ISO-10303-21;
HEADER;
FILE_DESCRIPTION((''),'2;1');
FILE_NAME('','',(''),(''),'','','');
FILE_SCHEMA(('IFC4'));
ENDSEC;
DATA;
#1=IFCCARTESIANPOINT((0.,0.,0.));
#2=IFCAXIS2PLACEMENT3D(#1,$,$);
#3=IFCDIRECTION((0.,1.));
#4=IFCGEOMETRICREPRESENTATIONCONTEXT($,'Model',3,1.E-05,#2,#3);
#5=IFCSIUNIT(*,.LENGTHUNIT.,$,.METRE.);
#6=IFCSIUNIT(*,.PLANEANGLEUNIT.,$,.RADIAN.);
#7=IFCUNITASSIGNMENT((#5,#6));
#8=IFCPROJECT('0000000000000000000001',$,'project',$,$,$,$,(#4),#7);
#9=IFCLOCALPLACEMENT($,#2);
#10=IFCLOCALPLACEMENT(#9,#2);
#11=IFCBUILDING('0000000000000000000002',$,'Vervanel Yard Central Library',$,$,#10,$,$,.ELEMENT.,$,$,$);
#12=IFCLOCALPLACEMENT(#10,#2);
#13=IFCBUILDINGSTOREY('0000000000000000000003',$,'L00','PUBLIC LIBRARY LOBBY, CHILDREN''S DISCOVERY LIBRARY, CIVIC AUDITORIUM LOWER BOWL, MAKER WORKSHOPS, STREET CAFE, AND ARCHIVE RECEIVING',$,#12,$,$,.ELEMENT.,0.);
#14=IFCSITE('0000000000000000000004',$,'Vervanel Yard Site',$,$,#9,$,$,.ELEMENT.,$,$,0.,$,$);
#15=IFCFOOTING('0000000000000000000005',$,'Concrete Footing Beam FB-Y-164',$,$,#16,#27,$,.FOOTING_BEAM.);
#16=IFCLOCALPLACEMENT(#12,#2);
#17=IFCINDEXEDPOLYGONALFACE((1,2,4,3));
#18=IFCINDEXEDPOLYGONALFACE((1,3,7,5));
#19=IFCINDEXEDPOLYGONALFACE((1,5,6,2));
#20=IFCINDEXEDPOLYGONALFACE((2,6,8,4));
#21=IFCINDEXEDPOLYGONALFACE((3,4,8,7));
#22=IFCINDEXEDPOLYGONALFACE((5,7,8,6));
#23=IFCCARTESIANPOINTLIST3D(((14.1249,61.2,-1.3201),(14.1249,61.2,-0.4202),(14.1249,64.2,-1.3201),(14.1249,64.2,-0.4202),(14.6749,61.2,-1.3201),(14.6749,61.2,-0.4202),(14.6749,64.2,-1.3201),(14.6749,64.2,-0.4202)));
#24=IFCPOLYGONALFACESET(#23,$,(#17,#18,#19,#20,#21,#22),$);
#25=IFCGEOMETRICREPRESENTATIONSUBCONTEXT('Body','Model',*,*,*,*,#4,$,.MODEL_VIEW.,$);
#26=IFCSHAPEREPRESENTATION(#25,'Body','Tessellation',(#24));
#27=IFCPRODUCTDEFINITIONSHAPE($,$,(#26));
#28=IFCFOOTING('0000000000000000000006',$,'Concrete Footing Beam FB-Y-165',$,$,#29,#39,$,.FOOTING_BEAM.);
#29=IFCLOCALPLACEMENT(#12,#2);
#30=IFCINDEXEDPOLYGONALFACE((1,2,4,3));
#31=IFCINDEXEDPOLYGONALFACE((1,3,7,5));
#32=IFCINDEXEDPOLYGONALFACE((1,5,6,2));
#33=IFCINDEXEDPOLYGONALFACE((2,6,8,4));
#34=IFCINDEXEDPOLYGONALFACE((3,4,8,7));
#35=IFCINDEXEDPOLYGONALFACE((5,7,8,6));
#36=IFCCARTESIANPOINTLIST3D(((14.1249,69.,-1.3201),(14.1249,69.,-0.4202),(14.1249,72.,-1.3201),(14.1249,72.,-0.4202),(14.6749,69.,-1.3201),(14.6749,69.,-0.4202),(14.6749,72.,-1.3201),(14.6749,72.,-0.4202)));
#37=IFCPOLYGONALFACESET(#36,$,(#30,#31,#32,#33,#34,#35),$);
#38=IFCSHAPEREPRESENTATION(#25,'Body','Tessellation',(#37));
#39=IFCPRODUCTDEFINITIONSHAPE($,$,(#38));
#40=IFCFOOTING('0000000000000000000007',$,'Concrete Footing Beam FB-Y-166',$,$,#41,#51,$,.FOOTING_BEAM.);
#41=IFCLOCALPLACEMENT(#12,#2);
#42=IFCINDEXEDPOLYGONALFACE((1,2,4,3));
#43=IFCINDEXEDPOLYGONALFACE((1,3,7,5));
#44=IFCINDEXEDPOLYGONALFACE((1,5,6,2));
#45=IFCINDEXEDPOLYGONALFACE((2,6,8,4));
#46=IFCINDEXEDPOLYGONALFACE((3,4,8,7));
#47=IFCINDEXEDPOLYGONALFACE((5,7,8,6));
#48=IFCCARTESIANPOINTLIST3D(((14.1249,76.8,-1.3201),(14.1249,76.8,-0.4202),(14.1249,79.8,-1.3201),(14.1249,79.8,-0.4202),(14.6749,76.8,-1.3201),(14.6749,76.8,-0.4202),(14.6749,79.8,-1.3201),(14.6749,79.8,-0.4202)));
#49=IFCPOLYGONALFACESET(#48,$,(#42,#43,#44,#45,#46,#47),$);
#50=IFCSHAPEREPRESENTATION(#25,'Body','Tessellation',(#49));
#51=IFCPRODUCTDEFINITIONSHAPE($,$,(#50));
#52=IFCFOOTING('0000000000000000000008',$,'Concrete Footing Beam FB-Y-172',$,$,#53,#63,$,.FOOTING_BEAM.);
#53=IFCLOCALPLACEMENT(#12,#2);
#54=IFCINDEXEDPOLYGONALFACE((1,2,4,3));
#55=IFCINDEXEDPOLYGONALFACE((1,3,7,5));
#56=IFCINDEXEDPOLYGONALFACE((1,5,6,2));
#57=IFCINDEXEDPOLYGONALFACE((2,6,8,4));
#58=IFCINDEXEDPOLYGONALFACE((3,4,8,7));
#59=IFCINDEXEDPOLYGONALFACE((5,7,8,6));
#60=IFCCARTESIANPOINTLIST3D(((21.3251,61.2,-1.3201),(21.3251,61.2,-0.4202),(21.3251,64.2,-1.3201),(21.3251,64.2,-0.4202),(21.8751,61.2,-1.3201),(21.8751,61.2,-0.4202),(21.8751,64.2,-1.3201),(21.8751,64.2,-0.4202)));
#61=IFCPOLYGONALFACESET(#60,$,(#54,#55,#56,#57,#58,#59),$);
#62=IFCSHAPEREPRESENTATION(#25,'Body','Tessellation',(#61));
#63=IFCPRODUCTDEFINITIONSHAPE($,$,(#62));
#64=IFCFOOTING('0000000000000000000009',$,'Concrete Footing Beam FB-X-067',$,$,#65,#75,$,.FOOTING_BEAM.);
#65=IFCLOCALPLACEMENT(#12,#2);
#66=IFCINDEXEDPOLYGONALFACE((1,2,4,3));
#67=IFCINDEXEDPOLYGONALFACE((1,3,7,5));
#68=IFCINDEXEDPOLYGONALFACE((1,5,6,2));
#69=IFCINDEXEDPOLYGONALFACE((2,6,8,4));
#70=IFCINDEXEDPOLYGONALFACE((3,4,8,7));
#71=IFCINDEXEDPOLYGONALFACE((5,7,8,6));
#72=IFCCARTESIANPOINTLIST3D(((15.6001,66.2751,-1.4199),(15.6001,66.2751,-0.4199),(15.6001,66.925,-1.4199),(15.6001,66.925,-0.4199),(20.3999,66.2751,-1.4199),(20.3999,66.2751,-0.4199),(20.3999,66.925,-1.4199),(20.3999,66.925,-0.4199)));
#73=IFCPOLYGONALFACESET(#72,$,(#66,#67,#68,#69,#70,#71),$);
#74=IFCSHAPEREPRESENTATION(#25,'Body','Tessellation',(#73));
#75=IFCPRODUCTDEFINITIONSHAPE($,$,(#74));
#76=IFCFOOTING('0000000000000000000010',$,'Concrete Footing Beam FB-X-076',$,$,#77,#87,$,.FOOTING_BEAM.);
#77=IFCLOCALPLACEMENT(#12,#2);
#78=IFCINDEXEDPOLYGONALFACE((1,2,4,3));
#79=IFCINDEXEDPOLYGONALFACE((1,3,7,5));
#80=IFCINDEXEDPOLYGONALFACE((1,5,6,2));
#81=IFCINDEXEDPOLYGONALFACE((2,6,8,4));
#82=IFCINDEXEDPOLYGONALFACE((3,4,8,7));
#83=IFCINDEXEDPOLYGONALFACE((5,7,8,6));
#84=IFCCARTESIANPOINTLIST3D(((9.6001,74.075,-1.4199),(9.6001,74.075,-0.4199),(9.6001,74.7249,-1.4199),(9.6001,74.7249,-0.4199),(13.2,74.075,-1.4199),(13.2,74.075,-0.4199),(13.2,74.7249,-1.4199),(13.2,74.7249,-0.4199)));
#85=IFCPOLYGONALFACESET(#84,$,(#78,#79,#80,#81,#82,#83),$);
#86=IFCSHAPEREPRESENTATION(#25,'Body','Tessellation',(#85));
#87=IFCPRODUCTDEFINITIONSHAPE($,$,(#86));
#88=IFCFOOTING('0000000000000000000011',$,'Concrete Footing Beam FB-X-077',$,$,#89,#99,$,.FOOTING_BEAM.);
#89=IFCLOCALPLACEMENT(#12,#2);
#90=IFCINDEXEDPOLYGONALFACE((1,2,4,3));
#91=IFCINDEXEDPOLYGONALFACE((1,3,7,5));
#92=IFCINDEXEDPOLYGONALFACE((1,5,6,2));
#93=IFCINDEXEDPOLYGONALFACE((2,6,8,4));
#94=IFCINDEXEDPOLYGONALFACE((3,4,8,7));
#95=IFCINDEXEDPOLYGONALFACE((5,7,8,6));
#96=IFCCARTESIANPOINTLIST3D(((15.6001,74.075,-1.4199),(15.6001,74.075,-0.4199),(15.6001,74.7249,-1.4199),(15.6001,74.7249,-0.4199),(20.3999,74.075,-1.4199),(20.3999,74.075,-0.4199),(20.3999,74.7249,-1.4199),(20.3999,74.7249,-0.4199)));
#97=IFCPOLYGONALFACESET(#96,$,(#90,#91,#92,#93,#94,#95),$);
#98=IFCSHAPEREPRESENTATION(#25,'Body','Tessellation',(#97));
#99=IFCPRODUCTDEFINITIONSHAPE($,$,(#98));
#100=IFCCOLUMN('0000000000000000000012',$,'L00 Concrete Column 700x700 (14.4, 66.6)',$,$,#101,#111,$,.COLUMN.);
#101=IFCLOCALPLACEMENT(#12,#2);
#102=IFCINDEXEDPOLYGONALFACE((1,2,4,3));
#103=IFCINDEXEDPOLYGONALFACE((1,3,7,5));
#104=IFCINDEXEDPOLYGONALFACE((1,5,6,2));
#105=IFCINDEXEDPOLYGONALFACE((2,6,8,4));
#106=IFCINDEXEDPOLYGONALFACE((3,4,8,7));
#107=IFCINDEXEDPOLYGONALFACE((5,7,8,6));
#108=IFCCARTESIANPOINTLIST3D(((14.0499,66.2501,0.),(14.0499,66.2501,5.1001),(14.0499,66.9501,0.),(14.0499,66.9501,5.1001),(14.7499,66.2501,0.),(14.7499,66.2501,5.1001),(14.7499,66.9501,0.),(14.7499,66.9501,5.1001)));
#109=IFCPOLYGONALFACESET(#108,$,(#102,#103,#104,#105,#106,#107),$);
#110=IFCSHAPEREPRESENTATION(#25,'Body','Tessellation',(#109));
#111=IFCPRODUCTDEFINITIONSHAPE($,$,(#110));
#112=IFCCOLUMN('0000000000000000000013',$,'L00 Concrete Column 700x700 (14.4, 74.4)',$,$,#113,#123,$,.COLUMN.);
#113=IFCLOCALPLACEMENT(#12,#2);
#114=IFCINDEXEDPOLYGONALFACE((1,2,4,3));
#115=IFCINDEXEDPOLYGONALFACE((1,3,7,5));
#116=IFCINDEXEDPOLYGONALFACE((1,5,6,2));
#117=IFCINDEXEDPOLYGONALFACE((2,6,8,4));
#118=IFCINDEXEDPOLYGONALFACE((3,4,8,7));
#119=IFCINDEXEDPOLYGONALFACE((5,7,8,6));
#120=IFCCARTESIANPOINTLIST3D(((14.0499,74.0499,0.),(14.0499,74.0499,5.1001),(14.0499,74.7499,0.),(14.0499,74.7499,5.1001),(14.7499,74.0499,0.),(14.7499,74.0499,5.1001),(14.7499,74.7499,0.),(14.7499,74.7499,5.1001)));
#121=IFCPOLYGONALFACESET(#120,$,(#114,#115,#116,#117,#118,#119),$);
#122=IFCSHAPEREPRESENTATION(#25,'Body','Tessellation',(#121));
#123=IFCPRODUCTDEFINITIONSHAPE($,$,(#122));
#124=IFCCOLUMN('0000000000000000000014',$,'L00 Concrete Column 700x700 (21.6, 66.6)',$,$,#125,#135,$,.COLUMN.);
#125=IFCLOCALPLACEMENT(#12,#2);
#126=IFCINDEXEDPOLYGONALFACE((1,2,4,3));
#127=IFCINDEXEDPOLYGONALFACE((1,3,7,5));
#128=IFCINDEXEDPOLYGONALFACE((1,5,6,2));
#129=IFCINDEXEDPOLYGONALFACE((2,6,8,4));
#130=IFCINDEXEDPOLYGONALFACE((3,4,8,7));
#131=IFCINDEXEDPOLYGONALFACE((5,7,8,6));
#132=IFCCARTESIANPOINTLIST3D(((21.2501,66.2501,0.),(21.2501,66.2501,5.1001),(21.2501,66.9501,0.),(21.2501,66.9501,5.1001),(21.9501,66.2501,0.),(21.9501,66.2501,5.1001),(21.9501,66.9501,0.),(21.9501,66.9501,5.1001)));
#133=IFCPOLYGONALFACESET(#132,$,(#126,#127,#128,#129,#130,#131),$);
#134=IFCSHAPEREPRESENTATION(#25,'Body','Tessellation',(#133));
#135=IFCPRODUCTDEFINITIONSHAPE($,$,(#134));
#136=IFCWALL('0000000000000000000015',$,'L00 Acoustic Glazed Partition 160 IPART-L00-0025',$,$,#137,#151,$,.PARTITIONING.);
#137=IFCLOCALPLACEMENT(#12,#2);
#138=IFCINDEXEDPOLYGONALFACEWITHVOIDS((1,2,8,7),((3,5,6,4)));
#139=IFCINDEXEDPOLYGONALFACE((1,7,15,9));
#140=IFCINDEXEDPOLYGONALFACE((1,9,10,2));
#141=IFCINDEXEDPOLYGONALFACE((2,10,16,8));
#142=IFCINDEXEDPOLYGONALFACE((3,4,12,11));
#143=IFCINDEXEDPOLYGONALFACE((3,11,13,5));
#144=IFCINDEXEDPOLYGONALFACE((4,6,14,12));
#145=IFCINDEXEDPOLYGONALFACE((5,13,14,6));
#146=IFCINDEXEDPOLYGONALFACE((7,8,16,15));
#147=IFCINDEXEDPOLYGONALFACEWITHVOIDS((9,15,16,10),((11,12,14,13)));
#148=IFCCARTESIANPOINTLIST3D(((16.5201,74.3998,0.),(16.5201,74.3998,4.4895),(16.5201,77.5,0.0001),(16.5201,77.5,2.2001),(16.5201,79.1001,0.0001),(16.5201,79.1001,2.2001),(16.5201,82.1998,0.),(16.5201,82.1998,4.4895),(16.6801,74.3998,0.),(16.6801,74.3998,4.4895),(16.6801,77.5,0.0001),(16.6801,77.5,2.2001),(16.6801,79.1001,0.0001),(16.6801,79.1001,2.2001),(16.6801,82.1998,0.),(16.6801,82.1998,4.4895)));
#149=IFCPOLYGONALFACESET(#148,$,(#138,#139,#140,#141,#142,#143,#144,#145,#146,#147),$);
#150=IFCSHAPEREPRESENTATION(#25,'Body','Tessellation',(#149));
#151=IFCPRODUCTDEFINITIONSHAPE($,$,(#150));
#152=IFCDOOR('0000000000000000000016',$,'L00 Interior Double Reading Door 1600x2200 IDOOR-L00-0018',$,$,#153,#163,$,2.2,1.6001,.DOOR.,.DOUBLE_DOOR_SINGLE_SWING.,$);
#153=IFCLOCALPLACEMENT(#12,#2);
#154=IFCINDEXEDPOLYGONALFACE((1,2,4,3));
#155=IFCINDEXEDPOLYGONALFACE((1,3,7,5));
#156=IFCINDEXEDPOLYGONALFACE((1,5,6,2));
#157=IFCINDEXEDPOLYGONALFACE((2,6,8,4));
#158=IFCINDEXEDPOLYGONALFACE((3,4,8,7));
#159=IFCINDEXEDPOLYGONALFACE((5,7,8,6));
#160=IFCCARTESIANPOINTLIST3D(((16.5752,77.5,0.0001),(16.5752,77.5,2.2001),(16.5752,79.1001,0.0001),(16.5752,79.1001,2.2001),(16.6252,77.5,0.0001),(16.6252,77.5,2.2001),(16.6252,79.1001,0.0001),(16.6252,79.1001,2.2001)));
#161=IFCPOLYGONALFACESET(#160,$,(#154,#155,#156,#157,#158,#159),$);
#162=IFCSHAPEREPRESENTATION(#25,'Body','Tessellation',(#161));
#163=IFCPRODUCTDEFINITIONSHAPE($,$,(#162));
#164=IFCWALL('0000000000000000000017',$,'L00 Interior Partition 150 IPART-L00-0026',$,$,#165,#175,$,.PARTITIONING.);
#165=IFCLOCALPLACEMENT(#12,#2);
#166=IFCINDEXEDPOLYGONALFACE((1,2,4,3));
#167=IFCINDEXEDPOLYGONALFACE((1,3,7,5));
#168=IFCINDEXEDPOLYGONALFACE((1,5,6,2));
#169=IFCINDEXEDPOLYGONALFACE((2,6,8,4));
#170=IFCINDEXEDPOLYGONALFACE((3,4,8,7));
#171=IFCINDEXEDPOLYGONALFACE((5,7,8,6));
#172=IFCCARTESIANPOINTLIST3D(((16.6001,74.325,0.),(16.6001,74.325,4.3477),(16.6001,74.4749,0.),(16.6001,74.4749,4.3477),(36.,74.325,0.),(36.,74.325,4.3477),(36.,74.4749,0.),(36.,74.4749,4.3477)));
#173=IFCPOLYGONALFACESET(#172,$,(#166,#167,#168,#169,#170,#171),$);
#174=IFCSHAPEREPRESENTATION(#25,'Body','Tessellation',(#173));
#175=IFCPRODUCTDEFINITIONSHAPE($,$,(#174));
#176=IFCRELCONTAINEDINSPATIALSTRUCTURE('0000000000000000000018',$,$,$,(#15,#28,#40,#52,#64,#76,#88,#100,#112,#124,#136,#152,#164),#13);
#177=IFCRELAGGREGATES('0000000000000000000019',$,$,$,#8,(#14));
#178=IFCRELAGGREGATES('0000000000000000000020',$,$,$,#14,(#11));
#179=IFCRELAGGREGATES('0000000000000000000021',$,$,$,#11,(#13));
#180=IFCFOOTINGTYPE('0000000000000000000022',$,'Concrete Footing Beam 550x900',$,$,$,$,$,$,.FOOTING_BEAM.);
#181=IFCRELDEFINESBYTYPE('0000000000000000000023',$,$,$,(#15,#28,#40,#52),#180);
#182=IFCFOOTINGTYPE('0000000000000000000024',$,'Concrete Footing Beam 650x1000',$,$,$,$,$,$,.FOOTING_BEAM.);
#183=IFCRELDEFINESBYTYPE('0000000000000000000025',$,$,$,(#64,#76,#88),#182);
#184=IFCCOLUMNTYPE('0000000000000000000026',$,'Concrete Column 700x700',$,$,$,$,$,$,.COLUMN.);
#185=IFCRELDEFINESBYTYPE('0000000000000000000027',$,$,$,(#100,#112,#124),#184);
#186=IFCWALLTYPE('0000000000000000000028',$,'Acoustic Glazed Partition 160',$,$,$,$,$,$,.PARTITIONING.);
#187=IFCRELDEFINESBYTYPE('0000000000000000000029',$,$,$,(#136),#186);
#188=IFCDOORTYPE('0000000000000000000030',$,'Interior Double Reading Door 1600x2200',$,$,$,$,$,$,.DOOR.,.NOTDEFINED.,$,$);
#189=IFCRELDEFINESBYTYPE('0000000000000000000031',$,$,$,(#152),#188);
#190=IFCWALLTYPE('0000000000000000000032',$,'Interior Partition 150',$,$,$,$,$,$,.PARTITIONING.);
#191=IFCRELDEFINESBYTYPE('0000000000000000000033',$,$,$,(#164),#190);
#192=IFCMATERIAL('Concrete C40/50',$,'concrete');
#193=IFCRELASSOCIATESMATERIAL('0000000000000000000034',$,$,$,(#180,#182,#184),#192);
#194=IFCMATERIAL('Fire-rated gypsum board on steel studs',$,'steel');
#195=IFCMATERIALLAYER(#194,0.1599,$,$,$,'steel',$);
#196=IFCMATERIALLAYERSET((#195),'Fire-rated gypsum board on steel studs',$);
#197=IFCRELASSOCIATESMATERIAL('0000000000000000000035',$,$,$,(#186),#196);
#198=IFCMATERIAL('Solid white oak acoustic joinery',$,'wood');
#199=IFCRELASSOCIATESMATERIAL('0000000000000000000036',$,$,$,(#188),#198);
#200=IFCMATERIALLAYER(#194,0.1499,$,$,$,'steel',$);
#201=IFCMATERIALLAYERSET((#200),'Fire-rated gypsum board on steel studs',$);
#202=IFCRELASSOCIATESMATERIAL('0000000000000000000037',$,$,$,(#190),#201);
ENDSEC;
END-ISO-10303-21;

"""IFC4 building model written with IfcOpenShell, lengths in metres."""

from ifc_helpers import new_model, si_unit, direction, frame, frame_2d, origin, origin_2d, place, context, subcontext, project, spatial, rectangle, extrude, material, layer, layer_set, material_profile, profile_set, type_object, element, fill, save


model = new_model("IFC4")

# Units and contexts
model_context = context("Model", 3, precision=1e-05, world=origin(), true_north=direction((0.0, 1.0)))
body_context = subcontext(model_context, "Body", "Model", "MODEL_VIEW")
ifc_project = project(units=[si_unit("LENGTHUNIT", "METRE"), si_unit("PLANEANGLEUNIT", "RADIAN")], contexts=[model_context])

# Site, building, storey
site_placement = place(None, origin())
site = spatial("IfcSite", under=ifc_project, at=site_placement, Name="Vervanel Yard Site", CompositionType="ELEMENT", RefElevation=0.0)
building_placement = place(site_placement, origin())
building = spatial("IfcBuilding", under=site, at=building_placement, Name="Vervanel Yard Central Library", CompositionType="ELEMENT")
storey_placement = place(building_placement, origin())
storey = spatial("IfcBuildingStorey", under=building, at=storey_placement, Name="L00", Description="PUBLIC LIBRARY LOBBY, CHILDREN'S DISCOVERY LIBRARY, CIVIC AUDITORIUM LOWER BOWL, MAKER WORKSHOPS, STREET CAFE, AND ARCHIVE RECEIVING", CompositionType="ELEMENT", Elevation=0.0)

# Shared definitions
ifc_material_1 = material(Name="Concrete C40/50", Category="concrete")

# Footings
ifc_material_profile_1 = material_profile(ifc_material_1, rectangle(XDim=0.55, YDim=0.8999, at=origin_2d()), Name="RC 550x900", Category="concrete")
ifc_profile_set_1 = profile_set([ifc_material_profile_1], Name="Concrete C40/50")
footing_type_1 = type_object("IfcFootingType", Name="Concrete Footing Beam 550x900", PredefinedType="FOOTING_BEAM", material=ifc_profile_set_1)
for number, where, z_axis, x_axis, name in (
    (1, (14.3999, 61.2, -0.8701), (0.0, 1.0, 0.0), (-1.0, 0.0, 0.0), "Concrete Footing Beam FB-Y-164"),
    (2, (14.3999, 69.0, -0.8701), (0.0, 1.0, 0.0), (-1.0, 0.0, 0.0), "Concrete Footing Beam FB-Y-165"),
    (3, (14.3999, 76.8, -0.8701), (0.0, 1.0, 0.0), (-1.0, 0.0, 0.0), "Concrete Footing Beam FB-Y-166"),
    (4, (21.6001, 61.2, -0.8701), (0.0, 1.0, 0.0), (-1.0, 0.0, 0.0), "Concrete Footing Beam FB-Y-172"),
):
    element("IfcFooting", number, at=place(storey_placement, frame(where, z_axis=z_axis, x_axis=x_axis)), inside=storey, type_object=footing_type_1, Name=name, PredefinedType="FOOTING_BEAM", context=body_context, shape_type="SweptSolid", body=[
        extrude(rectangle(XDim=0.55, YDim=0.8999, at=origin_2d()), origin(), (0.0, 0.0, 1.0), 3.0),
    ])
ifc_material_profile_2 = material_profile(ifc_material_1, rectangle(XDim=0.6499, YDim=1.0, at=origin_2d()), Name="RC 650x1000", Category="concrete")
ifc_profile_set_2 = profile_set([ifc_material_profile_2], Name="Concrete C40/50")
footing_type_2 = type_object("IfcFootingType", Name="Concrete Footing Beam 650x1000", PredefinedType="FOOTING_BEAM", material=ifc_profile_set_2)
footing_1_placement = place(storey_placement, frame((15.6001, 66.6001, -0.9199), z_axis=(1.0, 0.0, 0.0), x_axis=(0.0, 1.0, 0.0)))
element("IfcFooting", 5, at=footing_1_placement, inside=storey, type_object=footing_type_2, Name="Concrete Footing Beam FB-X-067", PredefinedType="FOOTING_BEAM", context=body_context, shape_type="SweptSolid", body=[
    extrude(rectangle(XDim=0.6499, YDim=1.0, at=origin_2d()), origin(), (0.0, 0.0, 1.0), 4.7998),
])
footing_2_placement = place(storey_placement, frame((9.6001, 74.3999, -0.9199), z_axis=(1.0, 0.0, 0.0), x_axis=(0.0, 1.0, 0.0)))
element("IfcFooting", 6, at=footing_2_placement, inside=storey, type_object=footing_type_2, Name="Concrete Footing Beam FB-X-076", PredefinedType="FOOTING_BEAM", context=body_context, shape_type="SweptSolid", body=[
    extrude(rectangle(XDim=0.6499, YDim=1.0, at=origin_2d()), origin(), (0.0, 0.0, 1.0), 3.5999),
])
footing_3_placement = place(storey_placement, frame((15.6001, 74.3999, -0.9199), z_axis=(1.0, 0.0, 0.0), x_axis=(0.0, 1.0, 0.0)))
element("IfcFooting", 7, at=footing_3_placement, inside=storey, type_object=footing_type_2, Name="Concrete Footing Beam FB-X-077", PredefinedType="FOOTING_BEAM", context=body_context, shape_type="SweptSolid", body=[
    extrude(rectangle(XDim=0.6499, YDim=1.0, at=origin_2d()), origin(), (0.0, 0.0, 1.0), 4.7998),
])

# Columns
ifc_material_profile_3 = material_profile(ifc_material_1, rectangle(XDim=0.7, YDim=0.7, at=origin_2d()), Name="RC 700x700", Category="concrete")
ifc_profile_set_3 = profile_set([ifc_material_profile_3], Name="Concrete C40/50")
column_type = type_object("IfcColumnType", Name="Concrete Column 700x700", PredefinedType="COLUMN", material=ifc_profile_set_3)
for number, where, z_axis, x_axis, name in (
    (8, (14.3999, 66.6001, 0.0), (0.0, 0.0, 1.0), (1.0, 0.0, 0.0), "L00 Concrete Column 700x700 (14.4, 66.6)"),
    (9, (14.3999, 74.3999, 0.0), (0.0, 0.0, 1.0), (1.0, 0.0, 0.0), "L00 Concrete Column 700x700 (14.4, 74.4)"),
    (10, (21.6001, 66.6001, 0.0), (0.0, 0.0, 1.0), (1.0, 0.0, 0.0), "L00 Concrete Column 700x700 (21.6, 66.6)"),
):
    element("IfcColumn", number, at=place(storey_placement, frame(where, z_axis=z_axis, x_axis=x_axis)), inside=storey, type_object=column_type, Name=name, PredefinedType="COLUMN", context=body_context, shape_type="SweptSolid", body=[
        extrude(rectangle(XDim=0.7, YDim=0.7, at=origin_2d()), origin(), (0.0, 0.0, 1.0), 5.1001),
    ])

# Wall, opening, door
ifc_material_2 = material(Name="Fire-rated gypsum board on steel studs", Category="steel")
ifc_layer_1 = layer(ifc_material_2, 0.1599, Category="steel")
ifc_layer_set_1 = layer_set([ifc_layer_1], Name="Fire-rated gypsum board on steel studs")
wall_type_1 = type_object("IfcWallType", Name="Acoustic Glazed Partition 160", PredefinedType="PARTITIONING", material=ifc_layer_set_1)
wall_1_placement = place(storey_placement, frame((16.6001, 74.3999, 0.0), z_axis=(0.0, 0.0, 1.0), x_axis=(0.0, 1.0, 0.0)))
wall_1 = element("IfcWall", 11, at=wall_1_placement, inside=storey, type_object=wall_type_1, Name="L00 Acoustic Glazed Partition 160 IPART-L00-0025", PredefinedType="PARTITIONING", context=body_context, shape_type="SweptSolid", body=[
    extrude(rectangle(XDim=7.8, YDim=0.1599, at=frame_2d((3.8999, 0.0))), origin(), (0.0, 0.0, 1.0), 4.4895),
])
opening_1_placement = place(wall_1_placement, frame((3.1001, 0.0, 0.0)))
opening_1 = element("IfcOpeningElement", 12, at=opening_1_placement, cuts=wall_1, PredefinedType="OPENING", context=body_context, shape_type="SweptSolid", body=[
    extrude(rectangle(XDim=1.6001, YDim=2.2, at=frame_2d((0.8, 1.1001))), frame((0.0, 0.0898, 0.0), z_axis=(0.0, -1.0, 0.0), x_axis=(1.0, 0.0, 0.0)), (0.0, 0.0, 1.0), 0.1799),
])
ifc_material_3 = material(Name="Solid white oak acoustic joinery", Category="wood")
door_type_1 = type_object("IfcDoorType", Name="Interior Double Reading Door 1600x2200", OperationType="NOTDEFINED", PredefinedType="DOOR", material=ifc_material_3)
door_1_placement = place(opening_1_placement, origin())
door_1 = element("IfcDoor", 13, at=door_1_placement, inside=storey, type_object=door_type_1, Name="L00 Interior Double Reading Door 1600x2200 IDOOR-L00-0018", OperationType="DOUBLE_DOOR_SINGLE_SWING", OverallHeight=2.2, OverallWidth=1.6001, PredefinedType="DOOR", context=body_context, shape_type="SweptSolid", body=[
    extrude(rectangle(XDim=1.6001, YDim=2.2, at=frame_2d((0.8, 1.1001))), frame((0.0, 0.0249, 0.0), z_axis=(0.0, -1.0, 0.0), x_axis=(1.0, 0.0, 0.0)), (0.0, 0.0, 1.0), 0.05),
])
fill(opening_1, door_1)

# Wall
ifc_layer_2 = layer(ifc_material_2, 0.1499, Category="steel")
ifc_layer_set_2 = layer_set([ifc_layer_2], Name="Fire-rated gypsum board on steel studs")
wall_type_2 = type_object("IfcWallType", Name="Interior Partition 150", PredefinedType="PARTITIONING", material=ifc_layer_set_2)
wall_2_placement = place(storey_placement, frame((16.6001, 74.3999, 0.0), z_axis=(0.0, 0.0, 1.0), x_axis=(1.0, 0.0, 0.0)))
element("IfcWall", 14, at=wall_2_placement, inside=storey, type_object=wall_type_2, Name="L00 Interior Partition 150 IPART-L00-0026", PredefinedType="PARTITIONING", context=body_context, shape_type="SweptSolid", body=[
    extrude(rectangle(XDim=19.3999, YDim=0.1499, at=frame_2d((9.7, 0.0))), origin(), (0.0, 0.0, 1.0), 4.3477),
])

save(model, "model.ifc")
